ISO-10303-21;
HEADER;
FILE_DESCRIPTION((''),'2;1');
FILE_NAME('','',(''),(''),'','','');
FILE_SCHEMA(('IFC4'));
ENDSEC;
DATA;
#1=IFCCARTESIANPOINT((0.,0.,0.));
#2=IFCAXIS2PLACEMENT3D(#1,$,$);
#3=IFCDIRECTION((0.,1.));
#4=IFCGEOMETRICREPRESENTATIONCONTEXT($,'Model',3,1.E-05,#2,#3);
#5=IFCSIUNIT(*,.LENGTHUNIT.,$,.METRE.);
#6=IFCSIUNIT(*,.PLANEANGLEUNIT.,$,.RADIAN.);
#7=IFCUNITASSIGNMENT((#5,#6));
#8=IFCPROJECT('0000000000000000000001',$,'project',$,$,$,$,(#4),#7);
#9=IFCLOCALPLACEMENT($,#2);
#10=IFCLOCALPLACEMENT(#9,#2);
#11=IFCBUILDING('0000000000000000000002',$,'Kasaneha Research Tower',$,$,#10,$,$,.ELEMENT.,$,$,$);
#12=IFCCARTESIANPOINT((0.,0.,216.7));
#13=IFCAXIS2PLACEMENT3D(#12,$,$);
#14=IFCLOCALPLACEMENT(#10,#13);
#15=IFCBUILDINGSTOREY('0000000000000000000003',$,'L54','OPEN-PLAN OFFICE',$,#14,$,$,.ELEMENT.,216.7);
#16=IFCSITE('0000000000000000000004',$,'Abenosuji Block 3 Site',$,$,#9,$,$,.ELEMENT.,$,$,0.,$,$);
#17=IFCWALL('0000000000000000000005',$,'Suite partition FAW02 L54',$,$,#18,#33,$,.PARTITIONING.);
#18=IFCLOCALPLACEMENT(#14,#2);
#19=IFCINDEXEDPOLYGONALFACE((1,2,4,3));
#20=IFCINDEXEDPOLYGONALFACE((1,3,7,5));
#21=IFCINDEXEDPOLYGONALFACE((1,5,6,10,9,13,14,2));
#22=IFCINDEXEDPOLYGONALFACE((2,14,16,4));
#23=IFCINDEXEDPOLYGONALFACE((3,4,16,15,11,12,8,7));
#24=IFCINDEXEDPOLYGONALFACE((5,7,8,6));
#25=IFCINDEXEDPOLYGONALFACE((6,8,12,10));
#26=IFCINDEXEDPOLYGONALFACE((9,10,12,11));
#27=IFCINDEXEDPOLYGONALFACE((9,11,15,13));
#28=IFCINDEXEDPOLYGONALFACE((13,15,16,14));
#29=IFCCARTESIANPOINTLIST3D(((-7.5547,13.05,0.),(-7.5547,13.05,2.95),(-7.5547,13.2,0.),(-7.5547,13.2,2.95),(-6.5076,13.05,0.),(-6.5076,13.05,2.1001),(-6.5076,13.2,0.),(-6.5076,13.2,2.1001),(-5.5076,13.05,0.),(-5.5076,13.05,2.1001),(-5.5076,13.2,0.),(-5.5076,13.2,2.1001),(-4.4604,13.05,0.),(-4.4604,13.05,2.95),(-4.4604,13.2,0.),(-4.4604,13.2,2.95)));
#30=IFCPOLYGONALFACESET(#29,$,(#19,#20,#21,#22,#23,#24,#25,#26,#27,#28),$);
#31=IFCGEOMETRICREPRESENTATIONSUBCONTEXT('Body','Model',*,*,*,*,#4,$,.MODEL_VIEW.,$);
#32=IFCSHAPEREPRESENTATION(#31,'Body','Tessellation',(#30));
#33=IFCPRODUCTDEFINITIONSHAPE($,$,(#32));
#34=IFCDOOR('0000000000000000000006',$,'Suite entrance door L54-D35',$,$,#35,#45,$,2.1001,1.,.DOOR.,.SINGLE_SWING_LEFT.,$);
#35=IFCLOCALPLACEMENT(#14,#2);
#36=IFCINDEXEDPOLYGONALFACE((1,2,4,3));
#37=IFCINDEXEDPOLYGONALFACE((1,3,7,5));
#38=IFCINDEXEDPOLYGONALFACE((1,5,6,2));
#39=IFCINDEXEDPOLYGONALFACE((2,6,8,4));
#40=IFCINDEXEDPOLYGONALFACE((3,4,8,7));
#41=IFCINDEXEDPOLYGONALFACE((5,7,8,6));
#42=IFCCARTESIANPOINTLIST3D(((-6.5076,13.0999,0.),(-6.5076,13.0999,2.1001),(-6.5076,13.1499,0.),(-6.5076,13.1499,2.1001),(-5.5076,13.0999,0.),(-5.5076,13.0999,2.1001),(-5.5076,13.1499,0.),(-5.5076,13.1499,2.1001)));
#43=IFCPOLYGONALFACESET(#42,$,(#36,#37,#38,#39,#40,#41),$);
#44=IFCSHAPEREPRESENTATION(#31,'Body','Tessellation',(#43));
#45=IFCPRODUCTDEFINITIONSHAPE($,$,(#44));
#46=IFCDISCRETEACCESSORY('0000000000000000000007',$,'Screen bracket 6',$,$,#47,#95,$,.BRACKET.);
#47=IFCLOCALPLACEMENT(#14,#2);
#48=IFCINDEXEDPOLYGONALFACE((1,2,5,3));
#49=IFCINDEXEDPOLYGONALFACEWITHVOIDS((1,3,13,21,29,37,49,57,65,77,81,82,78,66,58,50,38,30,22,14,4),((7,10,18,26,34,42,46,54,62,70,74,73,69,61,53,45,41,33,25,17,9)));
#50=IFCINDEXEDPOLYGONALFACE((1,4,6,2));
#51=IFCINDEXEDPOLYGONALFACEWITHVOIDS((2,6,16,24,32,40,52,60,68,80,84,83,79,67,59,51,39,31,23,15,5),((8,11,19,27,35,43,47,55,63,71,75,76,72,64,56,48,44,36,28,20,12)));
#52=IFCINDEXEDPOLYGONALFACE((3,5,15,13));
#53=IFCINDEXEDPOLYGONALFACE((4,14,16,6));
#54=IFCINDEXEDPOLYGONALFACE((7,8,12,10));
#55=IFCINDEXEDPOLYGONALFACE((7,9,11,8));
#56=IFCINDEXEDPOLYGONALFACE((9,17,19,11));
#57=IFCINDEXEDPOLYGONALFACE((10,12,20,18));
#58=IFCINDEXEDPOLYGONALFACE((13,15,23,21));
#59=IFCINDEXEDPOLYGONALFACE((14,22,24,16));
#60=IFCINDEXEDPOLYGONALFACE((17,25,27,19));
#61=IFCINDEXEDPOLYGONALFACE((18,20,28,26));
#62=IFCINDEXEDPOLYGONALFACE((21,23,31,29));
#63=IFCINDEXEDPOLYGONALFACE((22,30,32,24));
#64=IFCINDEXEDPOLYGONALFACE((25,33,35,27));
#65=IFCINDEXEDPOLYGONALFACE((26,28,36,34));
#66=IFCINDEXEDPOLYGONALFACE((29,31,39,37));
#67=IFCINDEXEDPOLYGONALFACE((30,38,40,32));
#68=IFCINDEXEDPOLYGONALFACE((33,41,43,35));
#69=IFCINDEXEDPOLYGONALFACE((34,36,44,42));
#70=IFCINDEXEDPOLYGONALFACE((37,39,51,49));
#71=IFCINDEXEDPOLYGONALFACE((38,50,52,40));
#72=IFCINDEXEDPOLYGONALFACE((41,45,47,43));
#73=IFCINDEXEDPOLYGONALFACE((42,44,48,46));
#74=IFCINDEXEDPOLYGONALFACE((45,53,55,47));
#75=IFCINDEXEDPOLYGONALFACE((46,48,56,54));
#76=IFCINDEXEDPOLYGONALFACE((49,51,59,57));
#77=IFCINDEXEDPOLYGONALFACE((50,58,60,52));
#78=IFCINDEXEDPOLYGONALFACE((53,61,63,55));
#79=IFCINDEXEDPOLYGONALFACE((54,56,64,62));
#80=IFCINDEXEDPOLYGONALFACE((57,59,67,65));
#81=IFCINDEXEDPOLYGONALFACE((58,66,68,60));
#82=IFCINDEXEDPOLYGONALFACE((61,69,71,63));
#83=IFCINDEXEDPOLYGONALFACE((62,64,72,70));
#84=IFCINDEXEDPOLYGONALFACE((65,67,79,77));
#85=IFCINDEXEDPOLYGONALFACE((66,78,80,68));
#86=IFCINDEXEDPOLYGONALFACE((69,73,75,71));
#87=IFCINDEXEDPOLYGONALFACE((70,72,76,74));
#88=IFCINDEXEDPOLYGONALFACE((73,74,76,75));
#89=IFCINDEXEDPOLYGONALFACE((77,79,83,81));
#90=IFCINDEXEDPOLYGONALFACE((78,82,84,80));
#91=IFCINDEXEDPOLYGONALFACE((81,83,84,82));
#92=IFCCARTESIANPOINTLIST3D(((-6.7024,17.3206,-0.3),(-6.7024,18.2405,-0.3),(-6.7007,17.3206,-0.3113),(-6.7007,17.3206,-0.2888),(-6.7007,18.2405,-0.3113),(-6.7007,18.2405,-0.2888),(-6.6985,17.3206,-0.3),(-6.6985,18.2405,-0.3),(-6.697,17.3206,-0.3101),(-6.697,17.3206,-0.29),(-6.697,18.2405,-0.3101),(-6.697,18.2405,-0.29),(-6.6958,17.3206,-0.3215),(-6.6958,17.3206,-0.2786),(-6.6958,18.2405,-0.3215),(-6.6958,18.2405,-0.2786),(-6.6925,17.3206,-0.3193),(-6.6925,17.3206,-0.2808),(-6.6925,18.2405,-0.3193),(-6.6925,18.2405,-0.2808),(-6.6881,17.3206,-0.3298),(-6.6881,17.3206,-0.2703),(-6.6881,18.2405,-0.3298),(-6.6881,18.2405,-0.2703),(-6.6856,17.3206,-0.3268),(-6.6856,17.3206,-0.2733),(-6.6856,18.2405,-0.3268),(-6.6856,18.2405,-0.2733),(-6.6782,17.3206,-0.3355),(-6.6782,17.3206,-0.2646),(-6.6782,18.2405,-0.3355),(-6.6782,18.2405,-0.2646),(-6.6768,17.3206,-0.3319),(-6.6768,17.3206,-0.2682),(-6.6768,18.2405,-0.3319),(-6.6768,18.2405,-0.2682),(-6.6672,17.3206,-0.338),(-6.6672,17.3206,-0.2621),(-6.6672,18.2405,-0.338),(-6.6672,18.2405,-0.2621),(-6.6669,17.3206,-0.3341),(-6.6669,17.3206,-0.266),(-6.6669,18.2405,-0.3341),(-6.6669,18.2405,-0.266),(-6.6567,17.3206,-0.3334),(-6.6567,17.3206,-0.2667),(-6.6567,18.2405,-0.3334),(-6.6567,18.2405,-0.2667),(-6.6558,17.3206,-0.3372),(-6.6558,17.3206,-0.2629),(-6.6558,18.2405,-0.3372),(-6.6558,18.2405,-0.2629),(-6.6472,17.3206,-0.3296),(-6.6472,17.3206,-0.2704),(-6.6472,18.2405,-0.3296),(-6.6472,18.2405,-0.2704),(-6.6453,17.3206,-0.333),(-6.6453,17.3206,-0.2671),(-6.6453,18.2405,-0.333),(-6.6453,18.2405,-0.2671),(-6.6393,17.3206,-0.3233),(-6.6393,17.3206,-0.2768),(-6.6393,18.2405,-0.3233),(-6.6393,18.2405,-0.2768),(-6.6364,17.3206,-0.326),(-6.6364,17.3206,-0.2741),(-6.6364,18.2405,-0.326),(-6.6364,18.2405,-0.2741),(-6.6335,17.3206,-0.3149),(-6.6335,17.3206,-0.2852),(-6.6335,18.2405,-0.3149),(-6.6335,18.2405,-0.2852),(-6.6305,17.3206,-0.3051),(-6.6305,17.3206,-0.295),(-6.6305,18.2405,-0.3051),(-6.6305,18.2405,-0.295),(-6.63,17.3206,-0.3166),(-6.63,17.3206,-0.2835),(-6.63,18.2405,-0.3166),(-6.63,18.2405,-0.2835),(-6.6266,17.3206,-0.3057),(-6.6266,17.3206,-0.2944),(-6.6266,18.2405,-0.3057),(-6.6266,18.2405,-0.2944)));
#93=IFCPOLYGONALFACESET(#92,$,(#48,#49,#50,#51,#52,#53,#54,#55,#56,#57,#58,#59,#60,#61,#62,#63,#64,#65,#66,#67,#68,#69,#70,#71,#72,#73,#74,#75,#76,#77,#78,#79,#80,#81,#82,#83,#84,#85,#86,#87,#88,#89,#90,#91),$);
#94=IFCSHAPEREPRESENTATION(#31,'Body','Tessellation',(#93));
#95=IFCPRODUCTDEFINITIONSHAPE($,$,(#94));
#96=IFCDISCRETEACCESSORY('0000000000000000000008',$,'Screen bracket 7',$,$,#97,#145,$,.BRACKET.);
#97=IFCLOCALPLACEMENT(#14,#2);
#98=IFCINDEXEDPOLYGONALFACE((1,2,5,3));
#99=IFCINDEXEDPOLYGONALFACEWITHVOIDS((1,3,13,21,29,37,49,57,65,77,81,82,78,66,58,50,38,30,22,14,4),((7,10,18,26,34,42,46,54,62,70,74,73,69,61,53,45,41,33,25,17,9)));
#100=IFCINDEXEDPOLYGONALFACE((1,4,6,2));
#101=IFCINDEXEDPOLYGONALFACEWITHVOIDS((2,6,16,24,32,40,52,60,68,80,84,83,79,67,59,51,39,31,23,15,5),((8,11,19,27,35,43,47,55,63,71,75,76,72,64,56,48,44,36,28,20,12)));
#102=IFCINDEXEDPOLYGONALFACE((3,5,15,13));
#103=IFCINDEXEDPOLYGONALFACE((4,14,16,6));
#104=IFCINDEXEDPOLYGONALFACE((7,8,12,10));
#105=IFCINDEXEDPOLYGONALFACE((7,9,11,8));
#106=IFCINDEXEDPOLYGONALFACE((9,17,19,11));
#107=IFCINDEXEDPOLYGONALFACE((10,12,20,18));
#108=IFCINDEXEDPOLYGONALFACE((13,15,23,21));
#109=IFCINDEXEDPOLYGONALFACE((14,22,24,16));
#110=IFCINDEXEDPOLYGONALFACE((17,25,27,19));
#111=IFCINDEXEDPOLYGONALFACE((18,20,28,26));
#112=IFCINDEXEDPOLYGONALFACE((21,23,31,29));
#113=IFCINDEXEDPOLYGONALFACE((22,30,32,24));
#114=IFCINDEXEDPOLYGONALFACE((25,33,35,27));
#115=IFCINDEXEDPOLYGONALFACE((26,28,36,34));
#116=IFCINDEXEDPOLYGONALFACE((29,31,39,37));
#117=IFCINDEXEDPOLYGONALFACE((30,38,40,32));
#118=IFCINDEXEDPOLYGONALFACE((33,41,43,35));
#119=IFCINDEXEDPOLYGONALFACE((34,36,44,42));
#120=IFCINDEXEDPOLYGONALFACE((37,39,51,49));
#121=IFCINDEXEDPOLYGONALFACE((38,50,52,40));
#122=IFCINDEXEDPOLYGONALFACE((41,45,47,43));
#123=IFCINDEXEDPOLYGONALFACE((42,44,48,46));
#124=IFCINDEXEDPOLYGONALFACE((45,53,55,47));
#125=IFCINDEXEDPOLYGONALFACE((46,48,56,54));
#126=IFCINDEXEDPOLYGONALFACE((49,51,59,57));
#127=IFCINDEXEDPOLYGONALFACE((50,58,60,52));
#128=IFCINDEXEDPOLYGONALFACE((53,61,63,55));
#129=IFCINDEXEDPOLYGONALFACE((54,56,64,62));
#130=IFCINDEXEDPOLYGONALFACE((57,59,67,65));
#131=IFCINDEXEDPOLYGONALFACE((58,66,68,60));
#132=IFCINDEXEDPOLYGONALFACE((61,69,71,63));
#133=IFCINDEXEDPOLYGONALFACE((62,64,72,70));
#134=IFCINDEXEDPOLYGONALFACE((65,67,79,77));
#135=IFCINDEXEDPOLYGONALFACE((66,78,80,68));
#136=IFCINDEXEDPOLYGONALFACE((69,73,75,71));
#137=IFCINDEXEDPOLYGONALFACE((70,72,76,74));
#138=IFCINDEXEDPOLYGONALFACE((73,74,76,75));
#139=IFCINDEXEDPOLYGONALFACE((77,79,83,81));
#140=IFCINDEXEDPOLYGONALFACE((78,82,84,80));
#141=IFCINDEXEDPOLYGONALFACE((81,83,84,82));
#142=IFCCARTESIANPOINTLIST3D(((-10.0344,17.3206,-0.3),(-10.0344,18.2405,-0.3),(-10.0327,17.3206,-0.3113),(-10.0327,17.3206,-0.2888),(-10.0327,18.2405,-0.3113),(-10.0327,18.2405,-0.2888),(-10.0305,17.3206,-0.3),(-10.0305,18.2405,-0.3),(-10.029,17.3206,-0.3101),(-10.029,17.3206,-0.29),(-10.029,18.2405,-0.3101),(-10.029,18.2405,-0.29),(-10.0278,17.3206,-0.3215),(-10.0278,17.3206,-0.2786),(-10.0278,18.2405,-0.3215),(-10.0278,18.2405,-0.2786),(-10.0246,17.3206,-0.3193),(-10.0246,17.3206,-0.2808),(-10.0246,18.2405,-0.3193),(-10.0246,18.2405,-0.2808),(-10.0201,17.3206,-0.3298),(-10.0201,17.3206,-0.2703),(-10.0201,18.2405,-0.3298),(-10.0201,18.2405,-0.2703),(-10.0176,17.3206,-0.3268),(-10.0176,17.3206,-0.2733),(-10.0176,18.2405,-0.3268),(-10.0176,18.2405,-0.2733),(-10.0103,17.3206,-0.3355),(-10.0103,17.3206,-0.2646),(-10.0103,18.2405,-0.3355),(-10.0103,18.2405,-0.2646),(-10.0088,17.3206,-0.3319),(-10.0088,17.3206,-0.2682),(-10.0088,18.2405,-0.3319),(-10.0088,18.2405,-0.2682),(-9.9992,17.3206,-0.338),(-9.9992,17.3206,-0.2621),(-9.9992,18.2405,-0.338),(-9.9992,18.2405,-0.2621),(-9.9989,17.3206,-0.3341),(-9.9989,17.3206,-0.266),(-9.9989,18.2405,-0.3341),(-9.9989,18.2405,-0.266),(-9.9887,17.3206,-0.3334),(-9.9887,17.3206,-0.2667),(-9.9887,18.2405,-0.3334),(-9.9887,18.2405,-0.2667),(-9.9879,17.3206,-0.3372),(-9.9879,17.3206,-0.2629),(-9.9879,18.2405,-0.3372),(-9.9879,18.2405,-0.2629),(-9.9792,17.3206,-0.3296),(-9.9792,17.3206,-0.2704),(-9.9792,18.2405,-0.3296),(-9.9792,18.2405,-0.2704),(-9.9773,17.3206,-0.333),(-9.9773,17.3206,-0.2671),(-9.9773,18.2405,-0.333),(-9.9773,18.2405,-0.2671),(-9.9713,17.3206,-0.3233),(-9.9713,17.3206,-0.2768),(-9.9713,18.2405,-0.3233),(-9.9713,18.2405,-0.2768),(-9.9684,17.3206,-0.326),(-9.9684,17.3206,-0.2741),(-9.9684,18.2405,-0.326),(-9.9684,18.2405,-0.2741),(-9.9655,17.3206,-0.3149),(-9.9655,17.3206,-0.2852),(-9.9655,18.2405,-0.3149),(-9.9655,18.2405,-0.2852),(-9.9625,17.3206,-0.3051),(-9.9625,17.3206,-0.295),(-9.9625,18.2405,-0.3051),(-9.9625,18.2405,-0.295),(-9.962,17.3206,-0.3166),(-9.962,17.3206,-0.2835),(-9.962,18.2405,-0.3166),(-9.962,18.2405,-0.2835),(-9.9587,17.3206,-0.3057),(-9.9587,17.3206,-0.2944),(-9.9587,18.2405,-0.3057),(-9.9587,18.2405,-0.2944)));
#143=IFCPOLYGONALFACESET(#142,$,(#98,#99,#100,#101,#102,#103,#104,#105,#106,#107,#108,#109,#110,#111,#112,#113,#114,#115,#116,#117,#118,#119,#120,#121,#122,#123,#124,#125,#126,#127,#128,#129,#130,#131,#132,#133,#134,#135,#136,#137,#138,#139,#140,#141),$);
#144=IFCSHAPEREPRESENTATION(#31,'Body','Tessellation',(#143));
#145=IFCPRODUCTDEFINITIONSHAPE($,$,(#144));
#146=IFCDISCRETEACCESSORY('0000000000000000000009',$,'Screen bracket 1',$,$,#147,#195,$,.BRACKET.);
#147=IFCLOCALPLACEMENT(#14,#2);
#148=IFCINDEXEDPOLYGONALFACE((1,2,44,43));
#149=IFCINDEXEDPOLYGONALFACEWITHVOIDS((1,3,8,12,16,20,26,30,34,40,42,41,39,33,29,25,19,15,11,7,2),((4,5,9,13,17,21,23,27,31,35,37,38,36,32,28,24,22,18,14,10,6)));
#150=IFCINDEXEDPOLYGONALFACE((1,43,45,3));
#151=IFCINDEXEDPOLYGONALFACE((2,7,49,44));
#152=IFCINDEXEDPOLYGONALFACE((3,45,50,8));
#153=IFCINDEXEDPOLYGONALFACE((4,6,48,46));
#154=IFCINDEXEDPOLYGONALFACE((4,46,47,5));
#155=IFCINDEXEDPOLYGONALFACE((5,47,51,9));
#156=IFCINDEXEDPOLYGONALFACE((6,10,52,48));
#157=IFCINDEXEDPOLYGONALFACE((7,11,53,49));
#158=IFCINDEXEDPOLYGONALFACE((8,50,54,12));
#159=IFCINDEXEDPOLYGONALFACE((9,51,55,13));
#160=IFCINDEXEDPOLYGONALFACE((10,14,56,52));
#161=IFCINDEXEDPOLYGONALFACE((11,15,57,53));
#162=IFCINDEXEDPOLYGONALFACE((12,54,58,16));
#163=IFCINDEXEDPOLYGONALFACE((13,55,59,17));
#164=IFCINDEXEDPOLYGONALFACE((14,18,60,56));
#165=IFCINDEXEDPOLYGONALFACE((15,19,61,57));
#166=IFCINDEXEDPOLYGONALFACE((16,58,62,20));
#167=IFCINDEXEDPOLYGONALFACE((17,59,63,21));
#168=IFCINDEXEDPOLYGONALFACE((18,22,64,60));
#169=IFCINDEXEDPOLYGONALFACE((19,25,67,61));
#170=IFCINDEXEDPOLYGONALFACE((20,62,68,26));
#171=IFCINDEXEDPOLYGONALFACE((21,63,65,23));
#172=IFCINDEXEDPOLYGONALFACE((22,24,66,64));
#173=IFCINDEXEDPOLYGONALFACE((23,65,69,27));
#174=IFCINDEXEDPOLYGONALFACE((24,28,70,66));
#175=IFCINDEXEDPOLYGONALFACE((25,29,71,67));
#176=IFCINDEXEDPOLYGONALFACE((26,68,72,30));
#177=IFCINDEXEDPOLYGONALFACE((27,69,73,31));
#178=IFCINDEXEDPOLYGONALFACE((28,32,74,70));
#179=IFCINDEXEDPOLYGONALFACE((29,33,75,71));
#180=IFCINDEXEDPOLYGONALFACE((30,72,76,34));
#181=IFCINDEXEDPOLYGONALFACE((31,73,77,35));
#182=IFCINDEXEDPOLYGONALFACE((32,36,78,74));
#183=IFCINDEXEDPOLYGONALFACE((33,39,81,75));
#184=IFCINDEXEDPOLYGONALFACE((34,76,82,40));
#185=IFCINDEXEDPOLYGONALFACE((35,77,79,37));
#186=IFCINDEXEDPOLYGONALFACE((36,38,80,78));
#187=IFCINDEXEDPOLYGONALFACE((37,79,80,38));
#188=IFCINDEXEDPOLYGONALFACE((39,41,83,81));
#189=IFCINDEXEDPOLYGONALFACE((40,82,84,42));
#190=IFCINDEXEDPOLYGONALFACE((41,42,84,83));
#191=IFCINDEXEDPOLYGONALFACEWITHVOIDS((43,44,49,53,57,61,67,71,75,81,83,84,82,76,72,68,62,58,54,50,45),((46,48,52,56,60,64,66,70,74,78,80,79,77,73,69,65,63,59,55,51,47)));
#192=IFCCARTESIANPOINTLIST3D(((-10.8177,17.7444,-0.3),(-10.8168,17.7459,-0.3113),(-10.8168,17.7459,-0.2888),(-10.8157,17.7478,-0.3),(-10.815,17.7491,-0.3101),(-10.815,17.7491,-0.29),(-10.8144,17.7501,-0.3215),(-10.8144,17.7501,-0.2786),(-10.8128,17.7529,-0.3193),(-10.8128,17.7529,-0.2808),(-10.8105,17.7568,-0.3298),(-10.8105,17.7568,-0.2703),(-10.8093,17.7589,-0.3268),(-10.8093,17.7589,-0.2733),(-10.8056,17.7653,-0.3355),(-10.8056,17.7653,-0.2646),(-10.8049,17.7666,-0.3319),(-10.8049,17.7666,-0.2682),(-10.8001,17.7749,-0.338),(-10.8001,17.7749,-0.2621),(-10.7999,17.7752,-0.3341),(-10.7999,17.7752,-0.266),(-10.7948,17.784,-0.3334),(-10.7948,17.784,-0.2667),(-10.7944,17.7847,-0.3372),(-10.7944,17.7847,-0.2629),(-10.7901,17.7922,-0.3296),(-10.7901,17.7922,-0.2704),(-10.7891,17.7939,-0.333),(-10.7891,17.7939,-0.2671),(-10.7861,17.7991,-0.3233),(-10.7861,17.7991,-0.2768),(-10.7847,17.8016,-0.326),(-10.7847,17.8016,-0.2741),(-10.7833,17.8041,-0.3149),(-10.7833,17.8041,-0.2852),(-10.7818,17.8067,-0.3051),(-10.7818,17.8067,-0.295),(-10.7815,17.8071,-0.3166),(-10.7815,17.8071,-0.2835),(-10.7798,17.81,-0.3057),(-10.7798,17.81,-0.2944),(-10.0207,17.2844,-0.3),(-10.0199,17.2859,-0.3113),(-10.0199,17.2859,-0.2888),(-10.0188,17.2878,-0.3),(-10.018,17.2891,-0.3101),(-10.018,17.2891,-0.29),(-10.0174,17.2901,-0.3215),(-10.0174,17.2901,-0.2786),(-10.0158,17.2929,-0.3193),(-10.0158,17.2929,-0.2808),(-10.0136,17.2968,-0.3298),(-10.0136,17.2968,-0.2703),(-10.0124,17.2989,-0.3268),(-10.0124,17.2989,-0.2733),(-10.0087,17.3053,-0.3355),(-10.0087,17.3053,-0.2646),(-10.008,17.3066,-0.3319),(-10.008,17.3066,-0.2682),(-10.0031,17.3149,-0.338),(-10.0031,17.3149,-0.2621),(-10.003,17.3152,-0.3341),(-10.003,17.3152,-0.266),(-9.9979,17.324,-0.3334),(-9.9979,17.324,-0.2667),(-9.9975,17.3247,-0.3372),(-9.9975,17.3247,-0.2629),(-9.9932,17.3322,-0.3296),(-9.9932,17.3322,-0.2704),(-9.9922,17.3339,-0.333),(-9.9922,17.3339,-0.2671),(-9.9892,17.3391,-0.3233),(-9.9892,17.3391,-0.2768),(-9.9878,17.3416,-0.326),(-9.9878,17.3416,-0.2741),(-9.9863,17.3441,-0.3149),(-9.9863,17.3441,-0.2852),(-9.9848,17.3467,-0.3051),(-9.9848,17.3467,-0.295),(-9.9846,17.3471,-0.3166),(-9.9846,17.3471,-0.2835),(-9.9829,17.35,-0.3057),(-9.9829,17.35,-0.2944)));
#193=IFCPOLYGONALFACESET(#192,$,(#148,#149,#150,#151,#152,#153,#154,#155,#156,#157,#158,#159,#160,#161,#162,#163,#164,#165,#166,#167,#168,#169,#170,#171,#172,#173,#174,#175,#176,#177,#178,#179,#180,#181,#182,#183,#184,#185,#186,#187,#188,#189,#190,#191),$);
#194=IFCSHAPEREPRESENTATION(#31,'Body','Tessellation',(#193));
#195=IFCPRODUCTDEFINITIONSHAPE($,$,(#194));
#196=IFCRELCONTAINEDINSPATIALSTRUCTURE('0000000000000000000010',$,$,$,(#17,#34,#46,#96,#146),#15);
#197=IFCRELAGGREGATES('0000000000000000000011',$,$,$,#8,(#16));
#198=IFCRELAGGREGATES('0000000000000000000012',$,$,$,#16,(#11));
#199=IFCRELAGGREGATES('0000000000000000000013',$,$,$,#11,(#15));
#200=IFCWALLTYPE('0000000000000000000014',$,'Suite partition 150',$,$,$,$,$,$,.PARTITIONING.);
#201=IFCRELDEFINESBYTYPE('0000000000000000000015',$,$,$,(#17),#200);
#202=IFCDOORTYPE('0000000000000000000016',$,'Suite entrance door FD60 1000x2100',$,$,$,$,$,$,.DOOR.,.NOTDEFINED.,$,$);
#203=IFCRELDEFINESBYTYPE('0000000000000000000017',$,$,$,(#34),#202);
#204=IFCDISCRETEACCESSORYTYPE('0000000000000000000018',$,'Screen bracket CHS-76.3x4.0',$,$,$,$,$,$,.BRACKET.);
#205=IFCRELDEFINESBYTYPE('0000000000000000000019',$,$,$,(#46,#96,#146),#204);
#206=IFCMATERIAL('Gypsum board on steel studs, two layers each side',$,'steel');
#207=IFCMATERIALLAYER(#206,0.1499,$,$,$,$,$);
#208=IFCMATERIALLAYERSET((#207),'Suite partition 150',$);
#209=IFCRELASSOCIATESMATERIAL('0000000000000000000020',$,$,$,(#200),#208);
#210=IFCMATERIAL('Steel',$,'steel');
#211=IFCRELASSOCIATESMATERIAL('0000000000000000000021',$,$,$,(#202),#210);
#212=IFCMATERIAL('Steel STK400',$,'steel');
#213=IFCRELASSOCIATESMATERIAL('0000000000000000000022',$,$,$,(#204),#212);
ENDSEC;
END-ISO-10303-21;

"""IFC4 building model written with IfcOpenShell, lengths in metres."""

from ifc_helpers import new_model, si_unit, direction, frame, frame_2d, origin, origin_2d, place, context, subcontext, project, spatial, rectangle, hollow_circle, extrude, material, layer, layer_set, material_profile, profile_set, type_object, element, fill, save


model = new_model("IFC4")

# Units and contexts
model_context = context("Model", 3, precision=1e-05, world=origin(), true_north=direction((0.0, 1.0)))
body_context = subcontext(model_context, "Body", "Model", "MODEL_VIEW")
ifc_project = project(units=[si_unit("LENGTHUNIT", "METRE"), si_unit("PLANEANGLEUNIT", "RADIAN")], contexts=[model_context])

# Site, building, storey
site_placement = place(None, origin())
site = spatial("IfcSite", under=ifc_project, at=site_placement, Name="Abenosuji Block 3 Site", CompositionType="ELEMENT", RefElevation=0.0)
building_placement = place(site_placement, origin())
building = spatial("IfcBuilding", under=site, at=building_placement, Name="Kasaneha Research Tower", CompositionType="ELEMENT")
storey_placement = place(building_placement, frame((0.0, 0.0, 216.7)))
storey = spatial("IfcBuildingStorey", under=building, at=storey_placement, Name="L54", Description="OPEN-PLAN OFFICE", CompositionType="ELEMENT", Elevation=216.7)

# Wall, opening, door
ifc_material_1 = material(Name="Gypsum board on steel studs, two layers each side", Category="steel")
ifc_layer_1 = layer(ifc_material_1, 0.1499)
ifc_layer_set_1 = layer_set([ifc_layer_1], Name="Suite partition 150")
wall_type_1 = type_object("IfcWallType", Name="Suite partition 150", PredefinedType="PARTITIONING", material=ifc_layer_set_1)
wall_1_placement = place(storey_placement, frame((-7.5547, 13.125, 0.0), z_axis=(0.0, 0.0, 1.0), x_axis=(1.0, 0.0, 0.0)))
wall_1 = element("IfcWall", 1, at=wall_1_placement, inside=storey, type_object=wall_type_1, Name="Suite partition FAW02 L54", PredefinedType="PARTITIONING", context=body_context, shape_type="SweptSolid", body=[
    extrude(rectangle(XDim=3.0942, YDim=0.1499, at=frame_2d((1.5471, 0.0))), origin(), (0.0, 0.0, 1.0), 2.95),
])
opening_1_placement = place(wall_1_placement, frame((1.0471, 0.0, 0.0)))
opening_1 = element("IfcOpeningElement", 2, at=opening_1_placement, cuts=wall_1, PredefinedType="OPENING", context=body_context, shape_type="SweptSolid", body=[
    extrude(rectangle(XDim=1.0, YDim=2.1001, at=frame_2d((0.5, 1.05))), frame((0.0, 0.085, 0.0), z_axis=(0.0, -1.0, 0.0), x_axis=(1.0, 0.0, 0.0)), (0.0, 0.0, 1.0), 0.1699),
])
ifc_material_2 = material(Name="Steel", Category="steel")
door_type_1 = type_object("IfcDoorType", Name="Suite entrance door FD60 1000x2100", OperationType="NOTDEFINED", PredefinedType="DOOR", material=ifc_material_2)
door_1_placement = place(opening_1_placement, origin())
door_1 = element("IfcDoor", 3, at=door_1_placement, inside=storey, type_object=door_type_1, Name="Suite entrance door L54-D35", OperationType="SINGLE_SWING_LEFT", OverallHeight=2.1001, OverallWidth=1.0, PredefinedType="DOOR", context=body_context, shape_type="SweptSolid", body=[
    extrude(rectangle(XDim=1.0, YDim=2.1001, at=frame_2d((0.5, 1.05))), frame((0.0, 0.0249, 0.0), z_axis=(0.0, -1.0, 0.0), x_axis=(1.0, 0.0, 0.0)), (0.0, 0.0, 1.0), 0.05),
])
fill(opening_1, door_1)

# Discrete accessories
ifc_material_3 = material(Name="Steel STK400", Category="steel")
ifc_material_profile_1 = material_profile(ifc_material_3, hollow_circle(Radius=0.0381, WallThickness=0.0039, at=origin_2d()), Name="CHS-76.3x4.0")
ifc_profile_set_1 = profile_set([ifc_material_profile_1], Name="Steel STK400")
discrete_accessory_type = type_object("IfcDiscreteAccessoryType", Name="Screen bracket CHS-76.3x4.0", PredefinedType="BRACKET", material=ifc_profile_set_1)
for number, where, z_axis, x_axis, name in (
    (4, (-6.6643, 17.3206, -0.3), (0.0, 1.0, 0.0), (-1.0, 0.0, 0.0), "Screen bracket 6"),
    (5, (-9.9963, 17.3206, -0.3), (0.0, 1.0, 0.0), (-1.0, 0.0, 0.0), "Screen bracket 7"),
):
    element("IfcDiscreteAccessory", number, at=place(storey_placement, frame(where, z_axis=z_axis, x_axis=x_axis)), inside=storey, type_object=discrete_accessory_type, Name=name, PredefinedType="BRACKET", context=body_context, shape_type="SweptSolid", body=[
        extrude(hollow_circle(Radius=0.0381, WallThickness=0.0039, at=origin_2d()), origin(), (0.0, 0.0, 1.0), 0.9199),
    ])
discrete_accessory_placement = place(storey_placement, frame((-10.0017, 17.3174, -0.3), z_axis=(-0.86608, 0.499906, 0.0), x_axis=(-0.499906, -0.86608, 0.0)))
element("IfcDiscreteAccessory", 6, at=discrete_accessory_placement, inside=storey, type_object=discrete_accessory_type, Name="Screen bracket 1", PredefinedType="BRACKET", context=body_context, shape_type="SweptSolid", body=[
    extrude(hollow_circle(Radius=0.0381, WallThickness=0.0039, at=origin_2d()), origin(), (0.0, 0.0, 1.0), 0.9202),
])

save(model, "model.ifc")
